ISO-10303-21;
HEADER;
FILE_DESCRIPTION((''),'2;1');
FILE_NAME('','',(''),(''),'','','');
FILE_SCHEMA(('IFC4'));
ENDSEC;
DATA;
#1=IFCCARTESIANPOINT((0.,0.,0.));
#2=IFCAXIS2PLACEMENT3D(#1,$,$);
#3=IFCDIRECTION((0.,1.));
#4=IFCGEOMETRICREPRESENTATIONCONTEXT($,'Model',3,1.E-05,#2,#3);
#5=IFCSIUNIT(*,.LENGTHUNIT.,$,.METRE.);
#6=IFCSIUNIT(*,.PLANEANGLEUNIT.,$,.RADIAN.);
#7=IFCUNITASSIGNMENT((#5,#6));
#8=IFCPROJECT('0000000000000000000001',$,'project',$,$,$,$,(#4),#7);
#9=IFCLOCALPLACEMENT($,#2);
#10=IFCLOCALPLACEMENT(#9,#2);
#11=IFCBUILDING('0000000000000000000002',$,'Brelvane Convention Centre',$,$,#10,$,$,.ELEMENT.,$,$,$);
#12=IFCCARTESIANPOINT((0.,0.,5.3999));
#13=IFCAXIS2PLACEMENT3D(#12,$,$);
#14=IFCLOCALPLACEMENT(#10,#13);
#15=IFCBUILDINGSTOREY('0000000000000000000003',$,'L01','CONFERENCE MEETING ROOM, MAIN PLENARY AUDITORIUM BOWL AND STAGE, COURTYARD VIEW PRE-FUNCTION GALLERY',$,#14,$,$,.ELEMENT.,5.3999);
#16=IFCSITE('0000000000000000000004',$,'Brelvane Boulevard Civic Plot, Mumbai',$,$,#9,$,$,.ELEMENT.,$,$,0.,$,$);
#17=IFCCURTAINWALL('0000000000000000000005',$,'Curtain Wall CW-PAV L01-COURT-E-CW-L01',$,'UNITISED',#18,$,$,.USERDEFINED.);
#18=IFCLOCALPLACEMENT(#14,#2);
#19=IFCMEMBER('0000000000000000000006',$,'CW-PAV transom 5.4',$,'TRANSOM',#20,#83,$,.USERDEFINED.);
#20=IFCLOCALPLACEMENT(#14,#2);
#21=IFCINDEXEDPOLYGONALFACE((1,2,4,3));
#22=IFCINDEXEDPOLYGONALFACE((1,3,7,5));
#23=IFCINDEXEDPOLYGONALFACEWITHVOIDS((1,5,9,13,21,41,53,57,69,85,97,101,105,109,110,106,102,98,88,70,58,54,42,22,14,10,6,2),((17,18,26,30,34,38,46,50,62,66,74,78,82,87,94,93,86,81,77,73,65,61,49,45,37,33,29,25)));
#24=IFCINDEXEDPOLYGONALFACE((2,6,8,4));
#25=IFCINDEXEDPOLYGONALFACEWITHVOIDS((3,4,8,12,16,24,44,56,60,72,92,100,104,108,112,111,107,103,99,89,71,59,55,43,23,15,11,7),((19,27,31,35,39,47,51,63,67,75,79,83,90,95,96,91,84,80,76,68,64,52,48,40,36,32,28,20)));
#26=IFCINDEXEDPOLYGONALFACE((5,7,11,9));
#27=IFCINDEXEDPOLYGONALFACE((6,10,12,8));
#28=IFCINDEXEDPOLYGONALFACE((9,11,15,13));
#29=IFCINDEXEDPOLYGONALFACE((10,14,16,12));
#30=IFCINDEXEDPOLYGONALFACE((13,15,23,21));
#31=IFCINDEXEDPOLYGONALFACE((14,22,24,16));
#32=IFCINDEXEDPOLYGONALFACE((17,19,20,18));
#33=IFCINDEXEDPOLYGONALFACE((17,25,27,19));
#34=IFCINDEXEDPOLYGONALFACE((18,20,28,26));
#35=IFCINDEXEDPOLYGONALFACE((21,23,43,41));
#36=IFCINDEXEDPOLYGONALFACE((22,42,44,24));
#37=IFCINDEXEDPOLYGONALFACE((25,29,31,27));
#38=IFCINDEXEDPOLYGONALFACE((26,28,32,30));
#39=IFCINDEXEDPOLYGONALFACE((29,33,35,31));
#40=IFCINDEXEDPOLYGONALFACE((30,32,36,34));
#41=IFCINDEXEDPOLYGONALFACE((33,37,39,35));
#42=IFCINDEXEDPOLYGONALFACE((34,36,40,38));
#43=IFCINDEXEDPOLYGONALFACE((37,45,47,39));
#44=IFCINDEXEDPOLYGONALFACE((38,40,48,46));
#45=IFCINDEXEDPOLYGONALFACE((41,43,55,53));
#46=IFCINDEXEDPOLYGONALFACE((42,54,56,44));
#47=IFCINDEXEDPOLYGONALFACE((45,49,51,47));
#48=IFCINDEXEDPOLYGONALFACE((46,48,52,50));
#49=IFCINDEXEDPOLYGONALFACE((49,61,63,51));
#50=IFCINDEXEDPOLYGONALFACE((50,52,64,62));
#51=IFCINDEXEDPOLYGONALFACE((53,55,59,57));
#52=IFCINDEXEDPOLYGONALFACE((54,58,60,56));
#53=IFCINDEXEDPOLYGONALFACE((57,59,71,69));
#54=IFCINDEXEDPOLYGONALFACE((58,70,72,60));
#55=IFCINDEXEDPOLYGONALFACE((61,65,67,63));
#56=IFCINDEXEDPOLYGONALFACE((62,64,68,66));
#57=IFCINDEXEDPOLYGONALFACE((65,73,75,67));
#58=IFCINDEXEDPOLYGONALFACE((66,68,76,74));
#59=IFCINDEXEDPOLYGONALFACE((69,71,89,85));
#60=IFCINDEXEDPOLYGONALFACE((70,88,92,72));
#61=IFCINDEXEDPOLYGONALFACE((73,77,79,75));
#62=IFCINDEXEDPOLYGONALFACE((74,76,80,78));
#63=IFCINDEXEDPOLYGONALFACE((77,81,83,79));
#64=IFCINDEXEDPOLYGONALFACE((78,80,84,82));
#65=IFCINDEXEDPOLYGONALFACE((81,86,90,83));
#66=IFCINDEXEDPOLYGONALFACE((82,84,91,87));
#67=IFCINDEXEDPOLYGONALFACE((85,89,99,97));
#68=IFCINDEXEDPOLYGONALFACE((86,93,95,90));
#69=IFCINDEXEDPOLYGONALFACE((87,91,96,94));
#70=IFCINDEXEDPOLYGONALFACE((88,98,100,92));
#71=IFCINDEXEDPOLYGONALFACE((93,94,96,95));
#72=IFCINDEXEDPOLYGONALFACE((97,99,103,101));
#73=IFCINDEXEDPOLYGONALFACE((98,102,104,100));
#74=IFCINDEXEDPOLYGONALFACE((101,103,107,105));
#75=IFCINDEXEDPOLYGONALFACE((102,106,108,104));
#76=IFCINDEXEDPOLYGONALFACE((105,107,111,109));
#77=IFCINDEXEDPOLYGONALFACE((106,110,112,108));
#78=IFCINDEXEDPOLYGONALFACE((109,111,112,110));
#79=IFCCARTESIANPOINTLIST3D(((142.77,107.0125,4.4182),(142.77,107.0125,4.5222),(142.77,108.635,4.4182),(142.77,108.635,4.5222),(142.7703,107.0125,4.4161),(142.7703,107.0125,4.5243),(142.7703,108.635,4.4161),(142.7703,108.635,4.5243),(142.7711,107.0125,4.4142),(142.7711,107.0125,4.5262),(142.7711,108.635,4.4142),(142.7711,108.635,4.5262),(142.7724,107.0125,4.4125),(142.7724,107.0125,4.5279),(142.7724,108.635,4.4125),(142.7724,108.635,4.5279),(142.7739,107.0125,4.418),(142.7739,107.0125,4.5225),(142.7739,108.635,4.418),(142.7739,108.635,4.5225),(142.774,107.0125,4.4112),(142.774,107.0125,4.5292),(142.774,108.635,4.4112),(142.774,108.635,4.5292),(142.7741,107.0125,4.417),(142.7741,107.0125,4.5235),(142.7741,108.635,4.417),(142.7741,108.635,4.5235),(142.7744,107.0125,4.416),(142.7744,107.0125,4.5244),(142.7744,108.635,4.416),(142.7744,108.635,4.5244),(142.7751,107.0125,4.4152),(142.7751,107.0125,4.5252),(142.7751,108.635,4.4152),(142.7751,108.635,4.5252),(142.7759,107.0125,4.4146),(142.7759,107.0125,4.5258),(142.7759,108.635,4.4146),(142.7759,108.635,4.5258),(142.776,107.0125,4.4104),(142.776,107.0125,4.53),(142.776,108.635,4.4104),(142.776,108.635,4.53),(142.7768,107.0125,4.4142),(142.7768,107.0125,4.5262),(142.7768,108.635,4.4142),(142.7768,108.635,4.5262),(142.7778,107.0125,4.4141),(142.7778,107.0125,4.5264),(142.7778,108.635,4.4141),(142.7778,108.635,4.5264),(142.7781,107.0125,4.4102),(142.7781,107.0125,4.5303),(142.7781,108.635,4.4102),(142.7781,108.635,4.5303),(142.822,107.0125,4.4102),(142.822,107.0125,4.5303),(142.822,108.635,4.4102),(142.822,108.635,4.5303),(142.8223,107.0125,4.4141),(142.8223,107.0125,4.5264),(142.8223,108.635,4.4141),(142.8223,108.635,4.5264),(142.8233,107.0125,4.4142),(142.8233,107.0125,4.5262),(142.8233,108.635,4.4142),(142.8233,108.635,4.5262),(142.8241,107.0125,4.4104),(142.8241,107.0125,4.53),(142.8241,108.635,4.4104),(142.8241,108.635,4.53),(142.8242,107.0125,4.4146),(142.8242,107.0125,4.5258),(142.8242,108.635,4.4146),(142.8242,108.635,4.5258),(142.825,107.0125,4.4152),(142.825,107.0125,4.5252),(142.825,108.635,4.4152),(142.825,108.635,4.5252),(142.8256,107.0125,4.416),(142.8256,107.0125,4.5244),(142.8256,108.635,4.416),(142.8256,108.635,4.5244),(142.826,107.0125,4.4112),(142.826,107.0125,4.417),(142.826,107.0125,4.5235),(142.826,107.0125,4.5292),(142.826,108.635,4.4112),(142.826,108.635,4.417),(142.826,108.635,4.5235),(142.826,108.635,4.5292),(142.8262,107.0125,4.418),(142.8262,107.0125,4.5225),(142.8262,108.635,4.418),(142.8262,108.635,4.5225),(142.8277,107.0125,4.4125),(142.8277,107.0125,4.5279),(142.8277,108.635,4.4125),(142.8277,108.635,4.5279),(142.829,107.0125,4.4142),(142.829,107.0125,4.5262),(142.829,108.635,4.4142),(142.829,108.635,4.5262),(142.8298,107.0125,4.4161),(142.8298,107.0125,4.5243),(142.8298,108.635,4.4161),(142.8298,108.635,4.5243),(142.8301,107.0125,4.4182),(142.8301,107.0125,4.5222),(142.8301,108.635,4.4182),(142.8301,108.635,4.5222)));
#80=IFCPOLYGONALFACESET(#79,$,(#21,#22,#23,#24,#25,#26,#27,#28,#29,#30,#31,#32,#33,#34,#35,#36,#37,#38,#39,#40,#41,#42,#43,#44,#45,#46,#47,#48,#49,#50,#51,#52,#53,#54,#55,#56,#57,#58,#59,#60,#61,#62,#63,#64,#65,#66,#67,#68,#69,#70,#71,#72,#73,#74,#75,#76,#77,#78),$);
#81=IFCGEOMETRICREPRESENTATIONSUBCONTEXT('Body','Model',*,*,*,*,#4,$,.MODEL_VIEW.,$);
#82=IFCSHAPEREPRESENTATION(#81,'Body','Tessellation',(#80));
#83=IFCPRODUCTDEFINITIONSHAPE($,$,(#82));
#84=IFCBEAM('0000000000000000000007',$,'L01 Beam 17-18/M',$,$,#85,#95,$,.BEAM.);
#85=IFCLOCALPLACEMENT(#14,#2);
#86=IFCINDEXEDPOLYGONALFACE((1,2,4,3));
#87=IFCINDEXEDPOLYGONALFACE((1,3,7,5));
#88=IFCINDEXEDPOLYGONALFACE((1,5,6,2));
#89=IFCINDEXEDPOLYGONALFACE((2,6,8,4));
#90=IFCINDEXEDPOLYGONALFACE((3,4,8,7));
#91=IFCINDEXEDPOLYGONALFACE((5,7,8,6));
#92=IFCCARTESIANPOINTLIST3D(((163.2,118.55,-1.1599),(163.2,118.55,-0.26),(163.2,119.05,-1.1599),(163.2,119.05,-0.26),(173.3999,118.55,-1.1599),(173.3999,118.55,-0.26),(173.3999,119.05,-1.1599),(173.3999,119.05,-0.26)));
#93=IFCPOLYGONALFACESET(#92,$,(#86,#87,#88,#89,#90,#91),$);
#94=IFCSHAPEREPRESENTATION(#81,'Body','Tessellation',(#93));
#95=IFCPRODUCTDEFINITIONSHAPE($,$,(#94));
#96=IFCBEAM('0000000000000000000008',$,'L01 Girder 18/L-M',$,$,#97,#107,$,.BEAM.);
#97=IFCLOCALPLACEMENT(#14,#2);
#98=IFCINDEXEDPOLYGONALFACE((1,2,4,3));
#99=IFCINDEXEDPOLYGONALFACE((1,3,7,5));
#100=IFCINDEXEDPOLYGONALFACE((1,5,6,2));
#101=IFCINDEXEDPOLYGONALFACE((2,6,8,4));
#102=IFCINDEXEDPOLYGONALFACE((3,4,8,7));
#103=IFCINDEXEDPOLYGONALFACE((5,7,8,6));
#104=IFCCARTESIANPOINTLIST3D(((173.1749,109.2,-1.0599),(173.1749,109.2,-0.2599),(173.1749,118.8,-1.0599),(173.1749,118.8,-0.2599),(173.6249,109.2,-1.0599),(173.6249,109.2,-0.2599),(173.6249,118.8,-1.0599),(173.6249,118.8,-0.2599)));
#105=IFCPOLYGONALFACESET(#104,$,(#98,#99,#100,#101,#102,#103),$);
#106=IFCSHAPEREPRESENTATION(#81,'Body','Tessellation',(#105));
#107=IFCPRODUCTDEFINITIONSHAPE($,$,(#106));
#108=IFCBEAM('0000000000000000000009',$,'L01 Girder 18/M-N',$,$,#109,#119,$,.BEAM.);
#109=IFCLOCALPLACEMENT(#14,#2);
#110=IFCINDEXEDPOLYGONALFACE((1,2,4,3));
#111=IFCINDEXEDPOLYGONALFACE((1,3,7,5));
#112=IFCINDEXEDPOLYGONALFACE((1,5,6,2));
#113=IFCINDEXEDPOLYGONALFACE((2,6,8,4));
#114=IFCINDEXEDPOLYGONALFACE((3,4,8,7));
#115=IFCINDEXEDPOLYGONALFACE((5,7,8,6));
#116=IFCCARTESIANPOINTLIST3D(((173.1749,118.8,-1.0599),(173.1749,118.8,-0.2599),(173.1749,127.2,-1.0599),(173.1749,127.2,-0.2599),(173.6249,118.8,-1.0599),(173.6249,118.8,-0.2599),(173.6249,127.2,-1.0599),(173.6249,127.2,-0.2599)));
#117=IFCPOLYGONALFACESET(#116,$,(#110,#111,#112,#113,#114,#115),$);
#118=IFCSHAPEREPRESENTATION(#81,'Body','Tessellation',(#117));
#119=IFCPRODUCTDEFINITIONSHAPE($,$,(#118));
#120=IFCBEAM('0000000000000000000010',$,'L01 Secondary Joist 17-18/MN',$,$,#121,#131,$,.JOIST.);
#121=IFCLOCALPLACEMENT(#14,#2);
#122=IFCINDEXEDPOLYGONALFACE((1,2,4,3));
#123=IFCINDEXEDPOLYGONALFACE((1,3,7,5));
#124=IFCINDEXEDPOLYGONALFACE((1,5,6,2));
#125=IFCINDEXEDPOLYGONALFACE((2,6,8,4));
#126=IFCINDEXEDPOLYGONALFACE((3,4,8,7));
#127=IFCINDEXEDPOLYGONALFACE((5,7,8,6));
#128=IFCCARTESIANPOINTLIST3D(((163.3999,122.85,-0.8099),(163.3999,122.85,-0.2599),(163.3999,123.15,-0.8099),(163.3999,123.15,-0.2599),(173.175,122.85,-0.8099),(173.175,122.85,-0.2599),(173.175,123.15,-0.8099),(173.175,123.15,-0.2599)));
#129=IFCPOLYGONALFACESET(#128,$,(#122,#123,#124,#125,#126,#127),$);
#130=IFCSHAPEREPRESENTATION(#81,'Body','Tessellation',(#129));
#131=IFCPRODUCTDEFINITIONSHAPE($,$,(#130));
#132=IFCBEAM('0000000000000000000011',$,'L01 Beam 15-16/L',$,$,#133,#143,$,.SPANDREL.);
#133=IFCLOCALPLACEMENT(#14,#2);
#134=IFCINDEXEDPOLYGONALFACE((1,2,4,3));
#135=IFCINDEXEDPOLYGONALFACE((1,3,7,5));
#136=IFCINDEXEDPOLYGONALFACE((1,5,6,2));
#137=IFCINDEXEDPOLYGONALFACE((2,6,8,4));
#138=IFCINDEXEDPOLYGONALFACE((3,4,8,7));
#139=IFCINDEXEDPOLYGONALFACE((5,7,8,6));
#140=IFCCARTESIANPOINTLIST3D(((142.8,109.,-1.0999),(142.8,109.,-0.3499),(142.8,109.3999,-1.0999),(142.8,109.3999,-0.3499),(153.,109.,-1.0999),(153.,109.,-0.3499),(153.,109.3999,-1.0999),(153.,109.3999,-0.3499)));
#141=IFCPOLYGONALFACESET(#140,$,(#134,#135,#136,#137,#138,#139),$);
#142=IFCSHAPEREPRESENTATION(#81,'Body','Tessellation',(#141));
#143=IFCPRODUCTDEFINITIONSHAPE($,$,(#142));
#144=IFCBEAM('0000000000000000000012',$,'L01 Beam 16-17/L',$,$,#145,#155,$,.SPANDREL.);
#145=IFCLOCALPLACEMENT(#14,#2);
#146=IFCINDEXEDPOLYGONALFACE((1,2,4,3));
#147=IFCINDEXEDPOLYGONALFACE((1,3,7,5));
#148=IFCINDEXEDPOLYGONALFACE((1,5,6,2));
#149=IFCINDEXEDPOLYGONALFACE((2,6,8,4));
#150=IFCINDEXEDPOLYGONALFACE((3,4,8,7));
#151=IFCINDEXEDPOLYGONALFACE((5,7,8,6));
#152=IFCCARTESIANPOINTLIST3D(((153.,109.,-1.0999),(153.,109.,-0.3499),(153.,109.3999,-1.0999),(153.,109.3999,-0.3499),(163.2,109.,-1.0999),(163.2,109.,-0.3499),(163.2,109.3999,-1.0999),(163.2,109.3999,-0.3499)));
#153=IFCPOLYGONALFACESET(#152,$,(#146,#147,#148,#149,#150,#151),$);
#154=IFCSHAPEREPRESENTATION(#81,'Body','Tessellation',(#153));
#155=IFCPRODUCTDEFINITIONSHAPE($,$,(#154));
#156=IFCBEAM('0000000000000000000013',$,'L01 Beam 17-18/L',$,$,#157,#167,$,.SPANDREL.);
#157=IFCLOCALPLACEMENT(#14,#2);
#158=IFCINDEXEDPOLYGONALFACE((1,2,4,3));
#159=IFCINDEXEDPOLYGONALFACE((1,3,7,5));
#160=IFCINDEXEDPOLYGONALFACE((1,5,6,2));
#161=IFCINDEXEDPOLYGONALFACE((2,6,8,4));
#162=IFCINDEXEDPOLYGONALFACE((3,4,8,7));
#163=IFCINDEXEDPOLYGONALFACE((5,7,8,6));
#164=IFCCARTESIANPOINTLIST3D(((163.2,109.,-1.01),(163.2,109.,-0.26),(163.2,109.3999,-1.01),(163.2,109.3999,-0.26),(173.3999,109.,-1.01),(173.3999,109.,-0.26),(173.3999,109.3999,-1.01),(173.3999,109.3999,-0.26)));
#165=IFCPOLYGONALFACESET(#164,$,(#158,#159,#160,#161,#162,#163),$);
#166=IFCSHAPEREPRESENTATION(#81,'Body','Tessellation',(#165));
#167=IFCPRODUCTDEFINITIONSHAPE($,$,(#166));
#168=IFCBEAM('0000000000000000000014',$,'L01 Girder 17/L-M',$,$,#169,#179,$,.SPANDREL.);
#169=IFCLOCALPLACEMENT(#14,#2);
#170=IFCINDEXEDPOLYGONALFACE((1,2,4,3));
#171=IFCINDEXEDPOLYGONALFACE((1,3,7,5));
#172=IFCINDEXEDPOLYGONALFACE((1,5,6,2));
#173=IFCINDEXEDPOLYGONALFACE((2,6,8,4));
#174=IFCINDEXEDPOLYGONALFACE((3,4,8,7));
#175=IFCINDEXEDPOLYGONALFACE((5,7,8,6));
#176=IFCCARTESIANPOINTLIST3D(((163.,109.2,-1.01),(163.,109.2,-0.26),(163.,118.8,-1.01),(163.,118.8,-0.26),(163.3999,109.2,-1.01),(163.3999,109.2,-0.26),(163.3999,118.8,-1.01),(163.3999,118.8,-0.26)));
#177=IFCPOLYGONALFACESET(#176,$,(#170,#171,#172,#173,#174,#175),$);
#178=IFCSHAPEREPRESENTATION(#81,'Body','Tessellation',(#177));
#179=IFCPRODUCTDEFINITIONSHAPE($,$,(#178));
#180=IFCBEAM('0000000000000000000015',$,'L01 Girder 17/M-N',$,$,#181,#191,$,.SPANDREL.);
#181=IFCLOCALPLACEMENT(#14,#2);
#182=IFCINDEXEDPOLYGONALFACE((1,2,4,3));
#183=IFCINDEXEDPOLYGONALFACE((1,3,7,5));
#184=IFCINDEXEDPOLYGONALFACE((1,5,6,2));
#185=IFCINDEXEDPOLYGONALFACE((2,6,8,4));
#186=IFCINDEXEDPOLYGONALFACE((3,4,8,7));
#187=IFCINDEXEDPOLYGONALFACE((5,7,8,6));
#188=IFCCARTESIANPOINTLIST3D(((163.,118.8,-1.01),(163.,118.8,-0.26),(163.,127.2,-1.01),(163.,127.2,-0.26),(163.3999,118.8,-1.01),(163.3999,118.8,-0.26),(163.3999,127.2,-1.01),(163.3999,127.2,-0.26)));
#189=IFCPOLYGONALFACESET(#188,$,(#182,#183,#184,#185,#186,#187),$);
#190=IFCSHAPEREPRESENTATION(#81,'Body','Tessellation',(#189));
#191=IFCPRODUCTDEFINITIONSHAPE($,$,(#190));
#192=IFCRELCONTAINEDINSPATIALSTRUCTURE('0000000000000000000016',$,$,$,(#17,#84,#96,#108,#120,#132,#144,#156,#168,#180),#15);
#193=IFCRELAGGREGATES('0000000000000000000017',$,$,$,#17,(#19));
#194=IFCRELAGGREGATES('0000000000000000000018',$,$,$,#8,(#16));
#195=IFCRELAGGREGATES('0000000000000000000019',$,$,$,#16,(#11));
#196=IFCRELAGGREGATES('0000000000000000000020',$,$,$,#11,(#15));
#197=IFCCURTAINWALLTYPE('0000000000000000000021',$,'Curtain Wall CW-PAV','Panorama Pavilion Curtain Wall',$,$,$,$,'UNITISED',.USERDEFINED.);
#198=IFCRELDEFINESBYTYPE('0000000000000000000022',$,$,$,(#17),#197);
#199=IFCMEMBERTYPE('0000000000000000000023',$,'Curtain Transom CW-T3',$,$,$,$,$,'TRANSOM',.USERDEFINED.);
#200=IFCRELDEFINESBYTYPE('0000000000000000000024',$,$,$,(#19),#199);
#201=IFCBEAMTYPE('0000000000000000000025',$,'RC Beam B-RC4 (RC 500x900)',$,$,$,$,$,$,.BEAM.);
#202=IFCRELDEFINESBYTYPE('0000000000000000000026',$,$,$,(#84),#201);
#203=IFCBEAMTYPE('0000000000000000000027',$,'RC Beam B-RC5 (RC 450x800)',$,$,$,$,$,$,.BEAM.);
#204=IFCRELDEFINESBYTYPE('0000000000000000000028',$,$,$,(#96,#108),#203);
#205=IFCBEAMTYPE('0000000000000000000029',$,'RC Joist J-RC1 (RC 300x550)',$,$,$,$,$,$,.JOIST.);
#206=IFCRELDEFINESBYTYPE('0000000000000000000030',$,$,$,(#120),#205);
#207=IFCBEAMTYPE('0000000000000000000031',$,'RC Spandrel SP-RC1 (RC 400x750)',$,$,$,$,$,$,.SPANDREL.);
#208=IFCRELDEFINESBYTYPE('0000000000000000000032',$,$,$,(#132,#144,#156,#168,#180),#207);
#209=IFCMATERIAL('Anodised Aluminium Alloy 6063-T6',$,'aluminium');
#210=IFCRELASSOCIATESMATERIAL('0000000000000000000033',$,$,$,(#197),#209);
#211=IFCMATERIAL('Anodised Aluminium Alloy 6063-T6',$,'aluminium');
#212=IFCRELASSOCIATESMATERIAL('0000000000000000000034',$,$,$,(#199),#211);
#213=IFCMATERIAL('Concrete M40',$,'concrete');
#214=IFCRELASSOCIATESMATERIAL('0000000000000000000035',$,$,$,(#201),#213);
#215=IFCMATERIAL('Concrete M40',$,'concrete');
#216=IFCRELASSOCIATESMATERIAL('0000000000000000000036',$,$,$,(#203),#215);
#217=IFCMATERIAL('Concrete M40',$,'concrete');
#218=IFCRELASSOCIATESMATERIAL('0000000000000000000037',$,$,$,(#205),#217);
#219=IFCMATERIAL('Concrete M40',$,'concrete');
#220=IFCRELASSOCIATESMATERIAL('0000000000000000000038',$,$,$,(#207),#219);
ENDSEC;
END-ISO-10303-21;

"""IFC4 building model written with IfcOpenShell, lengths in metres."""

from ifc_helpers import new_model, si_unit, direction, frame, origin, origin_2d, place, context, subcontext, project, spatial, rectangle, hollow_rectangle, extrude, material, material_profile, profile_set, type_object, element, aggregate, save


model = new_model("IFC4")

# Units and contexts
model_context = context("Model", 3, precision=1e-05, world=origin(), true_north=direction((0.0, 1.0)))
body_context = subcontext(model_context, "Body", "Model", "MODEL_VIEW")
ifc_project = project(units=[si_unit("LENGTHUNIT", "METRE"), si_unit("PLANEANGLEUNIT", "RADIAN")], contexts=[model_context])

# Site, building, storey
site_placement = place(None, origin())
site = spatial("IfcSite", under=ifc_project, at=site_placement, Name="Brelvane Boulevard Civic Plot, Mumbai", CompositionType="ELEMENT", RefElevation=0.0)
building_placement = place(site_placement, origin())
building = spatial("IfcBuilding", under=site, at=building_placement, Name="Brelvane Convention Centre", CompositionType="ELEMENT")
storey_placement = place(building_placement, frame((0.0, 0.0, 5.3999)))
storey = spatial("IfcBuildingStorey", under=building, at=storey_placement, Name="L01", Description="CONFERENCE MEETING ROOM, MAIN PLENARY AUDITORIUM BOWL AND STAGE, COURTYARD VIEW PRE-FUNCTION GALLERY", CompositionType="ELEMENT", Elevation=5.3999)

# Curtain wall, member
ifc_material_1 = material(Name="Anodised Aluminium Alloy 6063-T6", Category="aluminium")
curtain_wall_type = type_object("IfcCurtainWallType", Name="Curtain Wall CW-PAV", Description="Panorama Pavilion Curtain Wall", ElementType="UNITISED", PredefinedType="USERDEFINED", material=ifc_material_1)
curtain_wall_placement = place(storey_placement, origin())
curtain_wall = element("IfcCurtainWall", 1, at=curtain_wall_placement, inside=storey, type_object=curtain_wall_type, Name="Curtain Wall CW-PAV L01-COURT-E-CW-L01", ObjectType="UNITISED", PredefinedType="USERDEFINED")
ifc_material_2 = material(Name="Anodised Aluminium Alloy 6063-T6", Category="aluminium")
ifc_material_profile_1 = material_profile(ifc_material_2, hollow_rectangle(XDim=0.0601, YDim=0.1201, WallThickness=0.0039, InnerFilletRadius=0.0039, OuterFilletRadius=0.0081, at=origin_2d()), Name="ALU-T 120x60x4.0")
ifc_profile_set_1 = profile_set([ifc_material_profile_1], Name="Anodised Aluminium Alloy 6063-T6")
member_type_1 = type_object("IfcMemberType", Name="Curtain Transom CW-T3", ElementType="TRANSOM", PredefinedType="USERDEFINED", material=ifc_profile_set_1)
member_1_placement = place(storey_placement, frame((142.8, 107.0125, 4.4702), z_axis=(0.0, 1.0, 0.0), x_axis=(-1.0, 0.0, 0.0)))
member_1 = element("IfcMember", 2, at=member_1_placement, type_object=member_type_1, Name="CW-PAV transom 5.4", ObjectType="TRANSOM", PredefinedType="USERDEFINED", context=body_context, shape_type="SweptSolid", body=[
    extrude(hollow_rectangle(XDim=0.0601, YDim=0.1201, WallThickness=0.0039, InnerFilletRadius=0.0039, OuterFilletRadius=0.0081, at=origin_2d()), origin(), (0.0, 0.0, 1.0), 1.6226),
])

# Beams
ifc_material_3 = material(Name="Concrete M40", Category="concrete")
ifc_material_profile_2 = material_profile(ifc_material_3, rectangle(XDim=0.5, YDim=0.8999, at=origin_2d()), Name="RC 500x900")
ifc_profile_set_2 = profile_set([ifc_material_profile_2], Name="Concrete M40")
beam_type_1 = type_object("IfcBeamType", Name="RC Beam B-RC4 (RC 500x900)", PredefinedType="BEAM", material=ifc_profile_set_2)
beam_1_placement = place(storey_placement, frame((163.2, 118.8, -0.71), z_axis=(1.0, 0.0, 0.0), x_axis=(0.0, 1.0, 0.0)))
element("IfcBeam", 3, at=beam_1_placement, inside=storey, type_object=beam_type_1, Name="L01 Beam 17-18/M", PredefinedType="BEAM", context=body_context, shape_type="SweptSolid", body=[
    extrude(rectangle(XDim=0.5, YDim=0.8999, at=origin_2d()), origin(), (0.0, 0.0, 1.0), 10.2),
])
ifc_material_4 = material(Name="Concrete M40", Category="concrete")
ifc_material_profile_3 = material_profile(ifc_material_4, rectangle(XDim=0.45, YDim=0.8, at=origin_2d()), Name="RC 450x800")
ifc_profile_set_3 = profile_set([ifc_material_profile_3], Name="Concrete M40")
beam_type_2 = type_object("IfcBeamType", Name="RC Beam B-RC5 (RC 450x800)", PredefinedType="BEAM", material=ifc_profile_set_3)
beam_2_placement = place(storey_placement, frame((173.3999, 109.2, -0.6599), z_axis=(0.0, 1.0, 0.0), x_axis=(-1.0, 0.0, 0.0)))
element("IfcBeam", 4, at=beam_2_placement, inside=storey, type_object=beam_type_2, Name="L01 Girder 18/L-M", PredefinedType="BEAM", context=body_context, shape_type="SweptSolid", body=[
    extrude(rectangle(XDim=0.45, YDim=0.8, at=origin_2d()), origin(), (0.0, 0.0, 1.0), 9.6001),
])
beam_3_placement = place(storey_placement, frame((173.3999, 118.8, -0.6599), z_axis=(0.0, 1.0, 0.0), x_axis=(-1.0, 0.0, 0.0)))
element("IfcBeam", 5, at=beam_3_placement, inside=storey, type_object=beam_type_2, Name="L01 Girder 18/M-N", PredefinedType="BEAM", context=body_context, shape_type="SweptSolid", body=[
    extrude(rectangle(XDim=0.45, YDim=0.8, at=origin_2d()), origin(), (0.0, 0.0, 1.0), 8.3999),
])
ifc_material_5 = material(Name="Concrete M40", Category="concrete")
ifc_material_profile_4 = material_profile(ifc_material_5, rectangle(XDim=0.3, YDim=0.55, at=origin_2d()), Name="RC 300x550")
ifc_profile_set_4 = profile_set([ifc_material_profile_4], Name="Concrete M40")
beam_type_3 = type_object("IfcBeamType", Name="RC Joist J-RC1 (RC 300x550)", PredefinedType="JOIST", material=ifc_profile_set_4)
beam_4_placement = place(storey_placement, frame((163.3999, 123.0, -0.5349), z_axis=(1.0, 0.0, 0.0), x_axis=(0.0, 1.0, 0.0)))
element("IfcBeam", 6, at=beam_4_placement, inside=storey, type_object=beam_type_3, Name="L01 Secondary Joist 17-18/MN", PredefinedType="JOIST", context=body_context, shape_type="SweptSolid", body=[
    extrude(rectangle(XDim=0.3, YDim=0.55, at=origin_2d()), origin(), (0.0, 0.0, 1.0), 9.7751),
])
ifc_material_6 = material(Name="Concrete M40", Category="concrete")
ifc_material_profile_5 = material_profile(ifc_material_6, rectangle(XDim=0.3999, YDim=0.75, at=origin_2d()), Name="RC 400x750")
ifc_profile_set_5 = profile_set([ifc_material_profile_5], Name="Concrete M40")
beam_type_4 = type_object("IfcBeamType", Name="RC Spandrel SP-RC1 (RC 400x750)", PredefinedType="SPANDREL", material=ifc_profile_set_5)
for number, where, z_axis, x_axis, name in (
    (7, (142.8, 109.2, -0.7249), (1.0, 0.0, 0.0), (0.0, 1.0, 0.0), "L01 Beam 15-16/L"),
    (8, (153.0, 109.2, -0.7249), (1.0, 0.0, 0.0), (0.0, 1.0, 0.0), "L01 Beam 16-17/L"),
    (9, (163.2, 109.2, -0.635), (1.0, 0.0, 0.0), (0.0, 1.0, 0.0), "L01 Beam 17-18/L"),
):
    element("IfcBeam", number, at=place(storey_placement, frame(where, z_axis=z_axis, x_axis=x_axis)), inside=storey, type_object=beam_type_4, Name=name, PredefinedType="SPANDREL", context=body_context, shape_type="SweptSolid", body=[
        extrude(rectangle(XDim=0.3999, YDim=0.75, at=origin_2d()), origin(), (0.0, 0.0, 1.0), 10.2),
    ])
beam_5_placement = place(storey_placement, frame((163.2, 109.2, -0.635), z_axis=(0.0, 1.0, 0.0), x_axis=(-1.0, 0.0, 0.0)))
element("IfcBeam", 10, at=beam_5_placement, inside=storey, type_object=beam_type_4, Name="L01 Girder 17/L-M", PredefinedType="SPANDREL", context=body_context, shape_type="SweptSolid", body=[
    extrude(rectangle(XDim=0.3999, YDim=0.75, at=origin_2d()), origin(), (0.0, 0.0, 1.0), 9.6001),
])
beam_6_placement = place(storey_placement, frame((163.2, 118.8, -0.635), z_axis=(0.0, 1.0, 0.0), x_axis=(-1.0, 0.0, 0.0)))
element("IfcBeam", 11, at=beam_6_placement, inside=storey, type_object=beam_type_4, Name="L01 Girder 17/M-N", PredefinedType="SPANDREL", context=body_context, shape_type="SweptSolid", body=[
    extrude(rectangle(XDim=0.3999, YDim=0.75, at=origin_2d()), origin(), (0.0, 0.0, 1.0), 8.3999),
])

aggregate(curtain_wall, [member_1])

save(model, "model.ifc")
